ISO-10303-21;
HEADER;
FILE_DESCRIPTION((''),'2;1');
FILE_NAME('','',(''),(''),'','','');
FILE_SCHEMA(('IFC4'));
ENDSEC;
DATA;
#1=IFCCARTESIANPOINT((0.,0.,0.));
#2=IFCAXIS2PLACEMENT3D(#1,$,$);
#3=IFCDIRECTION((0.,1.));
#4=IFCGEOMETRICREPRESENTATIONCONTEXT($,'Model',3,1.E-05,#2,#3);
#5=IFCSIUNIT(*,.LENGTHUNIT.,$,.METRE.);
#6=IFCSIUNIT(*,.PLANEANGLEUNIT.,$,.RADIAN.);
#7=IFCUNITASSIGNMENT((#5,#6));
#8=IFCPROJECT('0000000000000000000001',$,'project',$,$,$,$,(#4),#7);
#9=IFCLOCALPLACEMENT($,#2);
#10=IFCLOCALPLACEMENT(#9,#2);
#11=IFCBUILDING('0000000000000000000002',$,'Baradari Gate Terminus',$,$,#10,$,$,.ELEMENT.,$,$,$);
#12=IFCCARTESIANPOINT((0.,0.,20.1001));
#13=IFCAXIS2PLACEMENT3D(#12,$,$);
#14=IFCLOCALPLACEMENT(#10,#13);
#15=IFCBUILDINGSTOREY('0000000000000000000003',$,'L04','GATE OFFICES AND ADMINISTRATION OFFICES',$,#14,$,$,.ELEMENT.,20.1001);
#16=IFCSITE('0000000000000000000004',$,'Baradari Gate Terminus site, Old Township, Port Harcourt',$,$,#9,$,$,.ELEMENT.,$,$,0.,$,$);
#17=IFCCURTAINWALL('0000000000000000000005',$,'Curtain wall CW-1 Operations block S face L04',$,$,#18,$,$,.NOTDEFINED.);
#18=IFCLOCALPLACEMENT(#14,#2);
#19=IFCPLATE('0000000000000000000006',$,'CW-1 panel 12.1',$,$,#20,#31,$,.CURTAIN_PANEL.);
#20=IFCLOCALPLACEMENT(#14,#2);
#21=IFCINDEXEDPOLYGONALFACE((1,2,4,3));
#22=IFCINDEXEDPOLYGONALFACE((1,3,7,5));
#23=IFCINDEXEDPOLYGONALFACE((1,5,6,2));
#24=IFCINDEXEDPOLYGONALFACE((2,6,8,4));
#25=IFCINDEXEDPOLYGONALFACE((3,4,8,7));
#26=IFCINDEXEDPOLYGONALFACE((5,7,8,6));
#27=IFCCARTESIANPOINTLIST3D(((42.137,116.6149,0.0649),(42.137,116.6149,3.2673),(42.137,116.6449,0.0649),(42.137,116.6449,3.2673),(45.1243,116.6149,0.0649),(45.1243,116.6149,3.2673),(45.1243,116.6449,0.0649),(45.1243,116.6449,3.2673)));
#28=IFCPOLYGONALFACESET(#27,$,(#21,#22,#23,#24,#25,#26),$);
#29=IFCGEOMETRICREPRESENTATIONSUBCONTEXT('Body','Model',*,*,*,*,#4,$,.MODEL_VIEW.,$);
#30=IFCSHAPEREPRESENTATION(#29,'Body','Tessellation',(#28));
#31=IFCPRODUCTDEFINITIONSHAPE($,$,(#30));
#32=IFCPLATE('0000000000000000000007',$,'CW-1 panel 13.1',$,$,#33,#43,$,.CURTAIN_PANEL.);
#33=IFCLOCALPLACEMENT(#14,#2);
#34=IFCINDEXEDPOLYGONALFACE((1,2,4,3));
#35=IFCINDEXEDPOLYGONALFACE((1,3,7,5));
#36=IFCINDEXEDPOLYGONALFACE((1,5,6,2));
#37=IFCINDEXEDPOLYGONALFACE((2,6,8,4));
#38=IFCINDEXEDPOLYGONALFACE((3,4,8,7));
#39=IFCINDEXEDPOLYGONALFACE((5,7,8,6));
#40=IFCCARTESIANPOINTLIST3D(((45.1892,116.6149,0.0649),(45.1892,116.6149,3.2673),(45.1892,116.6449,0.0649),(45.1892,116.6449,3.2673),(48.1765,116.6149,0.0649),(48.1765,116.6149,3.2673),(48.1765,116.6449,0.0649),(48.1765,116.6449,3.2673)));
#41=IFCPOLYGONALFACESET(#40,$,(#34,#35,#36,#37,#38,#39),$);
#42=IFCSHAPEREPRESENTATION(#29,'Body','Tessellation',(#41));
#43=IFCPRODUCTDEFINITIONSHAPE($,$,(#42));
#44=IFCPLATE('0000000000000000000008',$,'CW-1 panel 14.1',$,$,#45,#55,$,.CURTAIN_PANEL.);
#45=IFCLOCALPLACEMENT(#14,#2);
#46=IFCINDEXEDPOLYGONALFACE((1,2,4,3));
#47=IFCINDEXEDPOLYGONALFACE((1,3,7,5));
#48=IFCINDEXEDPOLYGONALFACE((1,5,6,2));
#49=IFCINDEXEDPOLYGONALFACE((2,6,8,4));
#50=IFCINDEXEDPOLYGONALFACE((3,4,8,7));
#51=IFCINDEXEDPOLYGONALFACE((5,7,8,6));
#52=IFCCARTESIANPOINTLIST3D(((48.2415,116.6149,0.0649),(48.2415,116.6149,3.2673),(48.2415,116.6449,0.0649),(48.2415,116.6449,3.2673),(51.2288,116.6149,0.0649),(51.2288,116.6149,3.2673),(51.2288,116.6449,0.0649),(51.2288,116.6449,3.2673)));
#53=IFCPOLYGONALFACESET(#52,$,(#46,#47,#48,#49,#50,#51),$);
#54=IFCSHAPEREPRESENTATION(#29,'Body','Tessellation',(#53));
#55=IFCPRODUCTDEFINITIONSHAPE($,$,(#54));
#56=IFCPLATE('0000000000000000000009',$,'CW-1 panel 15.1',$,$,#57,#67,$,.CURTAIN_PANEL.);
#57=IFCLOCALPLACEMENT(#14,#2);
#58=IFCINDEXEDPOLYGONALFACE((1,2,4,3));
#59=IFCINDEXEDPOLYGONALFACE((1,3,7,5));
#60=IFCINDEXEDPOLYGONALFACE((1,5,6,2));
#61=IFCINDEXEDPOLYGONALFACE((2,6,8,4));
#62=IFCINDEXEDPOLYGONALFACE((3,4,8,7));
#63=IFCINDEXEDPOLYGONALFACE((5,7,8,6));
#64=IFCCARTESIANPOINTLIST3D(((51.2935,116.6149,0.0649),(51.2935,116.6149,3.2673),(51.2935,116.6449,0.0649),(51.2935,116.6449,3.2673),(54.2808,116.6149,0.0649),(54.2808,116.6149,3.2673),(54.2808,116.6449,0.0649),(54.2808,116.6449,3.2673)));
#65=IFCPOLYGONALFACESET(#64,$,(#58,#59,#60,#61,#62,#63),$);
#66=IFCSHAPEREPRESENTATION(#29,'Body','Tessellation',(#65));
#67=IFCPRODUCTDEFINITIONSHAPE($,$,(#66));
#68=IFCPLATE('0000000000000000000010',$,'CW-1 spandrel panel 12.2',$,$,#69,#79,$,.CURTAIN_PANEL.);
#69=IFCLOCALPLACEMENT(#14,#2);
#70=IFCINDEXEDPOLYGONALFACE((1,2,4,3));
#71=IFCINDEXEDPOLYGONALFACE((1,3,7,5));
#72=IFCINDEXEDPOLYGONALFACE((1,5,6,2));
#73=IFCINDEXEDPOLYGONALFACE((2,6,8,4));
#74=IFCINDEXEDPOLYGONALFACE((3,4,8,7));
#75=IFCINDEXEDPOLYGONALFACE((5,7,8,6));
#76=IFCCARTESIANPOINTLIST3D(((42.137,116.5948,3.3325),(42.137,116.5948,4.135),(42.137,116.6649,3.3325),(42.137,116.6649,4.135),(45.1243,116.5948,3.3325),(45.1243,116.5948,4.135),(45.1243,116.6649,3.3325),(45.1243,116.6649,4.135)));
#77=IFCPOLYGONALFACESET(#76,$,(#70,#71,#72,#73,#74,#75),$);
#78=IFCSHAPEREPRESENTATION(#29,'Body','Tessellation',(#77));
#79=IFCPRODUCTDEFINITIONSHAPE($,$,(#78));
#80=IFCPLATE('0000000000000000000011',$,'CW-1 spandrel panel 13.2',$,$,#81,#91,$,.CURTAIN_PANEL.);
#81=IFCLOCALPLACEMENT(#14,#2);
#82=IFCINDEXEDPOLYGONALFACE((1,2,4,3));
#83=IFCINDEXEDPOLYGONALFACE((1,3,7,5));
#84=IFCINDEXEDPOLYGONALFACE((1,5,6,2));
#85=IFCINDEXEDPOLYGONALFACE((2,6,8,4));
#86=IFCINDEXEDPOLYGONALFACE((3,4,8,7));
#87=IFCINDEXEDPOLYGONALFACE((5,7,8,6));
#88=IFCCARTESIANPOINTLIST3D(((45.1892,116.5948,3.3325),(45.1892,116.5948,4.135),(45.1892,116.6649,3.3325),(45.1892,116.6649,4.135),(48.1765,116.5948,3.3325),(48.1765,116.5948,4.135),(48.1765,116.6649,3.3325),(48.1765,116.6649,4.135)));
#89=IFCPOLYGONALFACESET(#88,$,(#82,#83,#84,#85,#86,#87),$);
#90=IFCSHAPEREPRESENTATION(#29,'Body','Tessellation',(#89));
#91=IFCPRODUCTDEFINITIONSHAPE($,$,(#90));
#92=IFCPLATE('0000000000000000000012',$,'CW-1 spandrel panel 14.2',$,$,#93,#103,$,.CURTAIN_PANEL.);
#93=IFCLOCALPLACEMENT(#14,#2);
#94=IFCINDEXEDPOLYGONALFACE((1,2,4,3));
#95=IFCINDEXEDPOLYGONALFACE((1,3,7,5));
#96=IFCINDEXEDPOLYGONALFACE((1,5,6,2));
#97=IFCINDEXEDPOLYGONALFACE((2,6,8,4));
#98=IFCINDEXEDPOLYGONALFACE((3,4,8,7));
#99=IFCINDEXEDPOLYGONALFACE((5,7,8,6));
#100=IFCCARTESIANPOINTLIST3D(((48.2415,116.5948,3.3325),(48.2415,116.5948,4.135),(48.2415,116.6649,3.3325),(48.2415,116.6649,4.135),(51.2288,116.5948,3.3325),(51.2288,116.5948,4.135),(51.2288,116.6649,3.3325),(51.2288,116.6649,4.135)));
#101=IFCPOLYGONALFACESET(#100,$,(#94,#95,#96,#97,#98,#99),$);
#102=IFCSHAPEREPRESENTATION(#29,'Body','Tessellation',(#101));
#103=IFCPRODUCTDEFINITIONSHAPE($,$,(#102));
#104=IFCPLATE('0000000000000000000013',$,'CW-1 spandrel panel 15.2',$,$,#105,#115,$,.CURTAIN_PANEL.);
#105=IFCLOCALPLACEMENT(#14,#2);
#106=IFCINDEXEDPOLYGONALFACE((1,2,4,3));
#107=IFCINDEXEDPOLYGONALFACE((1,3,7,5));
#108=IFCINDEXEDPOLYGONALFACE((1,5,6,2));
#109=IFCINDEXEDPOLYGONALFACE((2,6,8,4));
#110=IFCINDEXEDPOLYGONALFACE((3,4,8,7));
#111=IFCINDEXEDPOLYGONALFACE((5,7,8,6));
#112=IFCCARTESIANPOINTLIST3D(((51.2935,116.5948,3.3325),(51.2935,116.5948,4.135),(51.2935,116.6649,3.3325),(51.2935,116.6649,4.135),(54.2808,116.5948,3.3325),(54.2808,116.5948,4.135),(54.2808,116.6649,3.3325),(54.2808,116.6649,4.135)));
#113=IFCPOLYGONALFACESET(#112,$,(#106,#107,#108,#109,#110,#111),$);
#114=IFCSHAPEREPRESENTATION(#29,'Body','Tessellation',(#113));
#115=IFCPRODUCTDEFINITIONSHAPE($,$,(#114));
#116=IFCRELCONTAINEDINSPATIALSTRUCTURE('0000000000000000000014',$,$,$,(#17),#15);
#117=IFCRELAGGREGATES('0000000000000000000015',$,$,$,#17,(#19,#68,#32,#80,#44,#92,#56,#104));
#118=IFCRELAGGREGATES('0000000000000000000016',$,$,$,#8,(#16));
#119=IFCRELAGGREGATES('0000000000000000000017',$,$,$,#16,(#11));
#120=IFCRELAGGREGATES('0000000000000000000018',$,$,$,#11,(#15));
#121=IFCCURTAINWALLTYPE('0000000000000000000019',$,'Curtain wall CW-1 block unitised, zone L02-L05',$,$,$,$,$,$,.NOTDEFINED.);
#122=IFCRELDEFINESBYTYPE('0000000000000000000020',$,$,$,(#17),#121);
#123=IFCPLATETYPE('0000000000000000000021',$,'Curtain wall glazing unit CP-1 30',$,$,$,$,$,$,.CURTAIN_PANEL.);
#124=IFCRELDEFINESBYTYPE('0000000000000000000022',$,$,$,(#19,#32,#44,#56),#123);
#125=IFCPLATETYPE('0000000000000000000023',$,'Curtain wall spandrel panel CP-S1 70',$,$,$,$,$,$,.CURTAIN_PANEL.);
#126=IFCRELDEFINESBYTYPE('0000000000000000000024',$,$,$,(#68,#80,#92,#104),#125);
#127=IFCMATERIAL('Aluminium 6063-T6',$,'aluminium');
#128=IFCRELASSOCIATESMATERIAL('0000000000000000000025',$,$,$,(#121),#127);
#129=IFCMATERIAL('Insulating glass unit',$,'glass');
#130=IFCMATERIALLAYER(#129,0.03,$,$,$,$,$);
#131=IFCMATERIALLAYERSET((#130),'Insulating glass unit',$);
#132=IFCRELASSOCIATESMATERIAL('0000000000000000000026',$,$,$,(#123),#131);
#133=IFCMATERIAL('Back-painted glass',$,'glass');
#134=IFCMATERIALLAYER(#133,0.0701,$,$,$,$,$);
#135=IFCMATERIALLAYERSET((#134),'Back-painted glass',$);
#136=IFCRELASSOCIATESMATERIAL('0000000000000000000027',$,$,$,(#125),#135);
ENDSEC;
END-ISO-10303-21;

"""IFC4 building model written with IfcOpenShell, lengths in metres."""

from ifc_helpers import new_model, si_unit, direction, frame, origin, origin_2d, place, context, subcontext, project, spatial, rectangle, extrude, material, layer, layer_set, type_object, element, aggregate, save


model = new_model("IFC4")

# Units and contexts
model_context = context("Model", 3, precision=1e-05, world=origin(), true_north=direction((0.0, 1.0)))
body_context = subcontext(model_context, "Body", "Model", "MODEL_VIEW")
ifc_project = project(units=[si_unit("LENGTHUNIT", "METRE"), si_unit("PLANEANGLEUNIT", "RADIAN")], contexts=[model_context])

# Site, building, storey
site_placement = place(None, origin())
site = spatial("IfcSite", under=ifc_project, at=site_placement, Name="Baradari Gate Terminus site, Old Township, Port Harcourt", CompositionType="ELEMENT", RefElevation=0.0)
building_placement = place(site_placement, origin())
building = spatial("IfcBuilding", under=site, at=building_placement, Name="Baradari Gate Terminus", CompositionType="ELEMENT")
storey_placement = place(building_placement, frame((0.0, 0.0, 20.1001)))
storey = spatial("IfcBuildingStorey", under=building, at=storey_placement, Name="L04", Description="GATE OFFICES AND ADMINISTRATION OFFICES", CompositionType="ELEMENT", Elevation=20.1001)

# Curtain wall, plates
ifc_material_1 = material(Name="Aluminium 6063-T6", Category="aluminium")
curtain_wall_type = type_object("IfcCurtainWallType", Name="Curtain wall CW-1 block unitised, zone L02-L05", PredefinedType="NOTDEFINED", material=ifc_material_1)
curtain_wall_placement = place(storey_placement, origin())
curtain_wall = element("IfcCurtainWall", 1, at=curtain_wall_placement, inside=storey, type_object=curtain_wall_type, Name="Curtain wall CW-1 Operations block S face L04", PredefinedType="NOTDEFINED")
ifc_material_2 = material(Name="Insulating glass unit", Category="glass")
ifc_layer_1 = layer(ifc_material_2, 0.03)
ifc_layer_set_1 = layer_set([ifc_layer_1], Name="Insulating glass unit")
plate_type_1 = type_object("IfcPlateType", Name="Curtain wall glazing unit CP-1 30", PredefinedType="CURTAIN_PANEL", material=ifc_layer_set_1)
plate_1_placement = place(storey_placement, frame((43.6306, 116.6299, 0.0649), z_axis=(0.0, 0.0, 1.0), x_axis=(1.0, 0.0, 0.0)))
plate_1 = element("IfcPlate", 2, at=plate_1_placement, type_object=plate_type_1, Name="CW-1 panel 12.1", PredefinedType="CURTAIN_PANEL", context=body_context, shape_type="SweptSolid", body=[
    extrude(rectangle(XDim=2.9873, YDim=0.03, at=origin_2d()), origin(), (0.0, 0.0, 1.0), 3.2024),
])
plate_2_placement = place(storey_placement, frame((46.6829, 116.6299, 0.0649), z_axis=(0.0, 0.0, 1.0), x_axis=(1.0, 0.0, 0.0)))
plate_2 = element("IfcPlate", 3, at=plate_2_placement, type_object=plate_type_1, Name="CW-1 panel 13.1", PredefinedType="CURTAIN_PANEL", context=body_context, shape_type="SweptSolid", body=[
    extrude(rectangle(XDim=2.9873, YDim=0.03, at=origin_2d()), origin(), (0.0, 0.0, 1.0), 3.2024),
])
plate_3_placement = place(storey_placement, frame((49.7351, 116.6299, 0.0649), z_axis=(0.0, 0.0, 1.0), x_axis=(1.0, 0.0, 0.0)))
plate_3 = element("IfcPlate", 4, at=plate_3_placement, type_object=plate_type_1, Name="CW-1 panel 14.1", PredefinedType="CURTAIN_PANEL", context=body_context, shape_type="SweptSolid", body=[
    extrude(rectangle(XDim=2.9873, YDim=0.03, at=origin_2d()), origin(), (0.0, 0.0, 1.0), 3.2024),
])
plate_4_placement = place(storey_placement, frame((52.7871, 116.6299, 0.0649), z_axis=(0.0, 0.0, 1.0), x_axis=(1.0, 0.0, 0.0)))
plate_4 = element("IfcPlate", 5, at=plate_4_placement, type_object=plate_type_1, Name="CW-1 panel 15.1", PredefinedType="CURTAIN_PANEL", context=body_context, shape_type="SweptSolid", body=[
    extrude(rectangle(XDim=2.9873, YDim=0.03, at=origin_2d()), origin(), (0.0, 0.0, 1.0), 3.2024),
])
ifc_material_3 = material(Name="Back-painted glass", Category="glass")
ifc_layer_2 = layer(ifc_material_3, 0.0701)
ifc_layer_set_2 = layer_set([ifc_layer_2], Name="Back-painted glass")
plate_type_2 = type_object("IfcPlateType", Name="Curtain wall spandrel panel CP-S1 70", PredefinedType="CURTAIN_PANEL", material=ifc_layer_set_2)
plate_5_placement = place(storey_placement, frame((43.6306, 116.6299, 3.3325), z_axis=(0.0, 0.0, 1.0), x_axis=(1.0, 0.0, 0.0)))
plate_5 = element("IfcPlate", 6, at=plate_5_placement, type_object=plate_type_2, Name="CW-1 spandrel panel 12.2", PredefinedType="CURTAIN_PANEL", context=body_context, shape_type="SweptSolid", body=[
    extrude(rectangle(XDim=2.9873, YDim=0.0701, at=origin_2d()), origin(), (0.0, 0.0, 1.0), 0.8025),
])
plate_6_placement = place(storey_placement, frame((46.6829, 116.6299, 3.3325), z_axis=(0.0, 0.0, 1.0), x_axis=(1.0, 0.0, 0.0)))
plate_6 = element("IfcPlate", 7, at=plate_6_placement, type_object=plate_type_2, Name="CW-1 spandrel panel 13.2", PredefinedType="CURTAIN_PANEL", context=body_context, shape_type="SweptSolid", body=[
    extrude(rectangle(XDim=2.9873, YDim=0.0701, at=origin_2d()), origin(), (0.0, 0.0, 1.0), 0.8025),
])
plate_7_placement = place(storey_placement, frame((49.7351, 116.6299, 3.3325), z_axis=(0.0, 0.0, 1.0), x_axis=(1.0, 0.0, 0.0)))
plate_7 = element("IfcPlate", 8, at=plate_7_placement, type_object=plate_type_2, Name="CW-1 spandrel panel 14.2", PredefinedType="CURTAIN_PANEL", context=body_context, shape_type="SweptSolid", body=[
    extrude(rectangle(XDim=2.9873, YDim=0.0701, at=origin_2d()), origin(), (0.0, 0.0, 1.0), 0.8025),
])
plate_8_placement = place(storey_placement, frame((52.7871, 116.6299, 3.3325), z_axis=(0.0, 0.0, 1.0), x_axis=(1.0, 0.0, 0.0)))
plate_8 = element("IfcPlate", 9, at=plate_8_placement, type_object=plate_type_2, Name="CW-1 spandrel panel 15.2", PredefinedType="CURTAIN_PANEL", context=body_context, shape_type="SweptSolid", body=[
    extrude(rectangle(XDim=2.9873, YDim=0.0701, at=origin_2d()), origin(), (0.0, 0.0, 1.0), 0.8025),
])
aggregate(curtain_wall, [plate_1, plate_5, plate_2, plate_6, plate_3, plate_7, plate_4, plate_8])

save(model, "model.ifc")
